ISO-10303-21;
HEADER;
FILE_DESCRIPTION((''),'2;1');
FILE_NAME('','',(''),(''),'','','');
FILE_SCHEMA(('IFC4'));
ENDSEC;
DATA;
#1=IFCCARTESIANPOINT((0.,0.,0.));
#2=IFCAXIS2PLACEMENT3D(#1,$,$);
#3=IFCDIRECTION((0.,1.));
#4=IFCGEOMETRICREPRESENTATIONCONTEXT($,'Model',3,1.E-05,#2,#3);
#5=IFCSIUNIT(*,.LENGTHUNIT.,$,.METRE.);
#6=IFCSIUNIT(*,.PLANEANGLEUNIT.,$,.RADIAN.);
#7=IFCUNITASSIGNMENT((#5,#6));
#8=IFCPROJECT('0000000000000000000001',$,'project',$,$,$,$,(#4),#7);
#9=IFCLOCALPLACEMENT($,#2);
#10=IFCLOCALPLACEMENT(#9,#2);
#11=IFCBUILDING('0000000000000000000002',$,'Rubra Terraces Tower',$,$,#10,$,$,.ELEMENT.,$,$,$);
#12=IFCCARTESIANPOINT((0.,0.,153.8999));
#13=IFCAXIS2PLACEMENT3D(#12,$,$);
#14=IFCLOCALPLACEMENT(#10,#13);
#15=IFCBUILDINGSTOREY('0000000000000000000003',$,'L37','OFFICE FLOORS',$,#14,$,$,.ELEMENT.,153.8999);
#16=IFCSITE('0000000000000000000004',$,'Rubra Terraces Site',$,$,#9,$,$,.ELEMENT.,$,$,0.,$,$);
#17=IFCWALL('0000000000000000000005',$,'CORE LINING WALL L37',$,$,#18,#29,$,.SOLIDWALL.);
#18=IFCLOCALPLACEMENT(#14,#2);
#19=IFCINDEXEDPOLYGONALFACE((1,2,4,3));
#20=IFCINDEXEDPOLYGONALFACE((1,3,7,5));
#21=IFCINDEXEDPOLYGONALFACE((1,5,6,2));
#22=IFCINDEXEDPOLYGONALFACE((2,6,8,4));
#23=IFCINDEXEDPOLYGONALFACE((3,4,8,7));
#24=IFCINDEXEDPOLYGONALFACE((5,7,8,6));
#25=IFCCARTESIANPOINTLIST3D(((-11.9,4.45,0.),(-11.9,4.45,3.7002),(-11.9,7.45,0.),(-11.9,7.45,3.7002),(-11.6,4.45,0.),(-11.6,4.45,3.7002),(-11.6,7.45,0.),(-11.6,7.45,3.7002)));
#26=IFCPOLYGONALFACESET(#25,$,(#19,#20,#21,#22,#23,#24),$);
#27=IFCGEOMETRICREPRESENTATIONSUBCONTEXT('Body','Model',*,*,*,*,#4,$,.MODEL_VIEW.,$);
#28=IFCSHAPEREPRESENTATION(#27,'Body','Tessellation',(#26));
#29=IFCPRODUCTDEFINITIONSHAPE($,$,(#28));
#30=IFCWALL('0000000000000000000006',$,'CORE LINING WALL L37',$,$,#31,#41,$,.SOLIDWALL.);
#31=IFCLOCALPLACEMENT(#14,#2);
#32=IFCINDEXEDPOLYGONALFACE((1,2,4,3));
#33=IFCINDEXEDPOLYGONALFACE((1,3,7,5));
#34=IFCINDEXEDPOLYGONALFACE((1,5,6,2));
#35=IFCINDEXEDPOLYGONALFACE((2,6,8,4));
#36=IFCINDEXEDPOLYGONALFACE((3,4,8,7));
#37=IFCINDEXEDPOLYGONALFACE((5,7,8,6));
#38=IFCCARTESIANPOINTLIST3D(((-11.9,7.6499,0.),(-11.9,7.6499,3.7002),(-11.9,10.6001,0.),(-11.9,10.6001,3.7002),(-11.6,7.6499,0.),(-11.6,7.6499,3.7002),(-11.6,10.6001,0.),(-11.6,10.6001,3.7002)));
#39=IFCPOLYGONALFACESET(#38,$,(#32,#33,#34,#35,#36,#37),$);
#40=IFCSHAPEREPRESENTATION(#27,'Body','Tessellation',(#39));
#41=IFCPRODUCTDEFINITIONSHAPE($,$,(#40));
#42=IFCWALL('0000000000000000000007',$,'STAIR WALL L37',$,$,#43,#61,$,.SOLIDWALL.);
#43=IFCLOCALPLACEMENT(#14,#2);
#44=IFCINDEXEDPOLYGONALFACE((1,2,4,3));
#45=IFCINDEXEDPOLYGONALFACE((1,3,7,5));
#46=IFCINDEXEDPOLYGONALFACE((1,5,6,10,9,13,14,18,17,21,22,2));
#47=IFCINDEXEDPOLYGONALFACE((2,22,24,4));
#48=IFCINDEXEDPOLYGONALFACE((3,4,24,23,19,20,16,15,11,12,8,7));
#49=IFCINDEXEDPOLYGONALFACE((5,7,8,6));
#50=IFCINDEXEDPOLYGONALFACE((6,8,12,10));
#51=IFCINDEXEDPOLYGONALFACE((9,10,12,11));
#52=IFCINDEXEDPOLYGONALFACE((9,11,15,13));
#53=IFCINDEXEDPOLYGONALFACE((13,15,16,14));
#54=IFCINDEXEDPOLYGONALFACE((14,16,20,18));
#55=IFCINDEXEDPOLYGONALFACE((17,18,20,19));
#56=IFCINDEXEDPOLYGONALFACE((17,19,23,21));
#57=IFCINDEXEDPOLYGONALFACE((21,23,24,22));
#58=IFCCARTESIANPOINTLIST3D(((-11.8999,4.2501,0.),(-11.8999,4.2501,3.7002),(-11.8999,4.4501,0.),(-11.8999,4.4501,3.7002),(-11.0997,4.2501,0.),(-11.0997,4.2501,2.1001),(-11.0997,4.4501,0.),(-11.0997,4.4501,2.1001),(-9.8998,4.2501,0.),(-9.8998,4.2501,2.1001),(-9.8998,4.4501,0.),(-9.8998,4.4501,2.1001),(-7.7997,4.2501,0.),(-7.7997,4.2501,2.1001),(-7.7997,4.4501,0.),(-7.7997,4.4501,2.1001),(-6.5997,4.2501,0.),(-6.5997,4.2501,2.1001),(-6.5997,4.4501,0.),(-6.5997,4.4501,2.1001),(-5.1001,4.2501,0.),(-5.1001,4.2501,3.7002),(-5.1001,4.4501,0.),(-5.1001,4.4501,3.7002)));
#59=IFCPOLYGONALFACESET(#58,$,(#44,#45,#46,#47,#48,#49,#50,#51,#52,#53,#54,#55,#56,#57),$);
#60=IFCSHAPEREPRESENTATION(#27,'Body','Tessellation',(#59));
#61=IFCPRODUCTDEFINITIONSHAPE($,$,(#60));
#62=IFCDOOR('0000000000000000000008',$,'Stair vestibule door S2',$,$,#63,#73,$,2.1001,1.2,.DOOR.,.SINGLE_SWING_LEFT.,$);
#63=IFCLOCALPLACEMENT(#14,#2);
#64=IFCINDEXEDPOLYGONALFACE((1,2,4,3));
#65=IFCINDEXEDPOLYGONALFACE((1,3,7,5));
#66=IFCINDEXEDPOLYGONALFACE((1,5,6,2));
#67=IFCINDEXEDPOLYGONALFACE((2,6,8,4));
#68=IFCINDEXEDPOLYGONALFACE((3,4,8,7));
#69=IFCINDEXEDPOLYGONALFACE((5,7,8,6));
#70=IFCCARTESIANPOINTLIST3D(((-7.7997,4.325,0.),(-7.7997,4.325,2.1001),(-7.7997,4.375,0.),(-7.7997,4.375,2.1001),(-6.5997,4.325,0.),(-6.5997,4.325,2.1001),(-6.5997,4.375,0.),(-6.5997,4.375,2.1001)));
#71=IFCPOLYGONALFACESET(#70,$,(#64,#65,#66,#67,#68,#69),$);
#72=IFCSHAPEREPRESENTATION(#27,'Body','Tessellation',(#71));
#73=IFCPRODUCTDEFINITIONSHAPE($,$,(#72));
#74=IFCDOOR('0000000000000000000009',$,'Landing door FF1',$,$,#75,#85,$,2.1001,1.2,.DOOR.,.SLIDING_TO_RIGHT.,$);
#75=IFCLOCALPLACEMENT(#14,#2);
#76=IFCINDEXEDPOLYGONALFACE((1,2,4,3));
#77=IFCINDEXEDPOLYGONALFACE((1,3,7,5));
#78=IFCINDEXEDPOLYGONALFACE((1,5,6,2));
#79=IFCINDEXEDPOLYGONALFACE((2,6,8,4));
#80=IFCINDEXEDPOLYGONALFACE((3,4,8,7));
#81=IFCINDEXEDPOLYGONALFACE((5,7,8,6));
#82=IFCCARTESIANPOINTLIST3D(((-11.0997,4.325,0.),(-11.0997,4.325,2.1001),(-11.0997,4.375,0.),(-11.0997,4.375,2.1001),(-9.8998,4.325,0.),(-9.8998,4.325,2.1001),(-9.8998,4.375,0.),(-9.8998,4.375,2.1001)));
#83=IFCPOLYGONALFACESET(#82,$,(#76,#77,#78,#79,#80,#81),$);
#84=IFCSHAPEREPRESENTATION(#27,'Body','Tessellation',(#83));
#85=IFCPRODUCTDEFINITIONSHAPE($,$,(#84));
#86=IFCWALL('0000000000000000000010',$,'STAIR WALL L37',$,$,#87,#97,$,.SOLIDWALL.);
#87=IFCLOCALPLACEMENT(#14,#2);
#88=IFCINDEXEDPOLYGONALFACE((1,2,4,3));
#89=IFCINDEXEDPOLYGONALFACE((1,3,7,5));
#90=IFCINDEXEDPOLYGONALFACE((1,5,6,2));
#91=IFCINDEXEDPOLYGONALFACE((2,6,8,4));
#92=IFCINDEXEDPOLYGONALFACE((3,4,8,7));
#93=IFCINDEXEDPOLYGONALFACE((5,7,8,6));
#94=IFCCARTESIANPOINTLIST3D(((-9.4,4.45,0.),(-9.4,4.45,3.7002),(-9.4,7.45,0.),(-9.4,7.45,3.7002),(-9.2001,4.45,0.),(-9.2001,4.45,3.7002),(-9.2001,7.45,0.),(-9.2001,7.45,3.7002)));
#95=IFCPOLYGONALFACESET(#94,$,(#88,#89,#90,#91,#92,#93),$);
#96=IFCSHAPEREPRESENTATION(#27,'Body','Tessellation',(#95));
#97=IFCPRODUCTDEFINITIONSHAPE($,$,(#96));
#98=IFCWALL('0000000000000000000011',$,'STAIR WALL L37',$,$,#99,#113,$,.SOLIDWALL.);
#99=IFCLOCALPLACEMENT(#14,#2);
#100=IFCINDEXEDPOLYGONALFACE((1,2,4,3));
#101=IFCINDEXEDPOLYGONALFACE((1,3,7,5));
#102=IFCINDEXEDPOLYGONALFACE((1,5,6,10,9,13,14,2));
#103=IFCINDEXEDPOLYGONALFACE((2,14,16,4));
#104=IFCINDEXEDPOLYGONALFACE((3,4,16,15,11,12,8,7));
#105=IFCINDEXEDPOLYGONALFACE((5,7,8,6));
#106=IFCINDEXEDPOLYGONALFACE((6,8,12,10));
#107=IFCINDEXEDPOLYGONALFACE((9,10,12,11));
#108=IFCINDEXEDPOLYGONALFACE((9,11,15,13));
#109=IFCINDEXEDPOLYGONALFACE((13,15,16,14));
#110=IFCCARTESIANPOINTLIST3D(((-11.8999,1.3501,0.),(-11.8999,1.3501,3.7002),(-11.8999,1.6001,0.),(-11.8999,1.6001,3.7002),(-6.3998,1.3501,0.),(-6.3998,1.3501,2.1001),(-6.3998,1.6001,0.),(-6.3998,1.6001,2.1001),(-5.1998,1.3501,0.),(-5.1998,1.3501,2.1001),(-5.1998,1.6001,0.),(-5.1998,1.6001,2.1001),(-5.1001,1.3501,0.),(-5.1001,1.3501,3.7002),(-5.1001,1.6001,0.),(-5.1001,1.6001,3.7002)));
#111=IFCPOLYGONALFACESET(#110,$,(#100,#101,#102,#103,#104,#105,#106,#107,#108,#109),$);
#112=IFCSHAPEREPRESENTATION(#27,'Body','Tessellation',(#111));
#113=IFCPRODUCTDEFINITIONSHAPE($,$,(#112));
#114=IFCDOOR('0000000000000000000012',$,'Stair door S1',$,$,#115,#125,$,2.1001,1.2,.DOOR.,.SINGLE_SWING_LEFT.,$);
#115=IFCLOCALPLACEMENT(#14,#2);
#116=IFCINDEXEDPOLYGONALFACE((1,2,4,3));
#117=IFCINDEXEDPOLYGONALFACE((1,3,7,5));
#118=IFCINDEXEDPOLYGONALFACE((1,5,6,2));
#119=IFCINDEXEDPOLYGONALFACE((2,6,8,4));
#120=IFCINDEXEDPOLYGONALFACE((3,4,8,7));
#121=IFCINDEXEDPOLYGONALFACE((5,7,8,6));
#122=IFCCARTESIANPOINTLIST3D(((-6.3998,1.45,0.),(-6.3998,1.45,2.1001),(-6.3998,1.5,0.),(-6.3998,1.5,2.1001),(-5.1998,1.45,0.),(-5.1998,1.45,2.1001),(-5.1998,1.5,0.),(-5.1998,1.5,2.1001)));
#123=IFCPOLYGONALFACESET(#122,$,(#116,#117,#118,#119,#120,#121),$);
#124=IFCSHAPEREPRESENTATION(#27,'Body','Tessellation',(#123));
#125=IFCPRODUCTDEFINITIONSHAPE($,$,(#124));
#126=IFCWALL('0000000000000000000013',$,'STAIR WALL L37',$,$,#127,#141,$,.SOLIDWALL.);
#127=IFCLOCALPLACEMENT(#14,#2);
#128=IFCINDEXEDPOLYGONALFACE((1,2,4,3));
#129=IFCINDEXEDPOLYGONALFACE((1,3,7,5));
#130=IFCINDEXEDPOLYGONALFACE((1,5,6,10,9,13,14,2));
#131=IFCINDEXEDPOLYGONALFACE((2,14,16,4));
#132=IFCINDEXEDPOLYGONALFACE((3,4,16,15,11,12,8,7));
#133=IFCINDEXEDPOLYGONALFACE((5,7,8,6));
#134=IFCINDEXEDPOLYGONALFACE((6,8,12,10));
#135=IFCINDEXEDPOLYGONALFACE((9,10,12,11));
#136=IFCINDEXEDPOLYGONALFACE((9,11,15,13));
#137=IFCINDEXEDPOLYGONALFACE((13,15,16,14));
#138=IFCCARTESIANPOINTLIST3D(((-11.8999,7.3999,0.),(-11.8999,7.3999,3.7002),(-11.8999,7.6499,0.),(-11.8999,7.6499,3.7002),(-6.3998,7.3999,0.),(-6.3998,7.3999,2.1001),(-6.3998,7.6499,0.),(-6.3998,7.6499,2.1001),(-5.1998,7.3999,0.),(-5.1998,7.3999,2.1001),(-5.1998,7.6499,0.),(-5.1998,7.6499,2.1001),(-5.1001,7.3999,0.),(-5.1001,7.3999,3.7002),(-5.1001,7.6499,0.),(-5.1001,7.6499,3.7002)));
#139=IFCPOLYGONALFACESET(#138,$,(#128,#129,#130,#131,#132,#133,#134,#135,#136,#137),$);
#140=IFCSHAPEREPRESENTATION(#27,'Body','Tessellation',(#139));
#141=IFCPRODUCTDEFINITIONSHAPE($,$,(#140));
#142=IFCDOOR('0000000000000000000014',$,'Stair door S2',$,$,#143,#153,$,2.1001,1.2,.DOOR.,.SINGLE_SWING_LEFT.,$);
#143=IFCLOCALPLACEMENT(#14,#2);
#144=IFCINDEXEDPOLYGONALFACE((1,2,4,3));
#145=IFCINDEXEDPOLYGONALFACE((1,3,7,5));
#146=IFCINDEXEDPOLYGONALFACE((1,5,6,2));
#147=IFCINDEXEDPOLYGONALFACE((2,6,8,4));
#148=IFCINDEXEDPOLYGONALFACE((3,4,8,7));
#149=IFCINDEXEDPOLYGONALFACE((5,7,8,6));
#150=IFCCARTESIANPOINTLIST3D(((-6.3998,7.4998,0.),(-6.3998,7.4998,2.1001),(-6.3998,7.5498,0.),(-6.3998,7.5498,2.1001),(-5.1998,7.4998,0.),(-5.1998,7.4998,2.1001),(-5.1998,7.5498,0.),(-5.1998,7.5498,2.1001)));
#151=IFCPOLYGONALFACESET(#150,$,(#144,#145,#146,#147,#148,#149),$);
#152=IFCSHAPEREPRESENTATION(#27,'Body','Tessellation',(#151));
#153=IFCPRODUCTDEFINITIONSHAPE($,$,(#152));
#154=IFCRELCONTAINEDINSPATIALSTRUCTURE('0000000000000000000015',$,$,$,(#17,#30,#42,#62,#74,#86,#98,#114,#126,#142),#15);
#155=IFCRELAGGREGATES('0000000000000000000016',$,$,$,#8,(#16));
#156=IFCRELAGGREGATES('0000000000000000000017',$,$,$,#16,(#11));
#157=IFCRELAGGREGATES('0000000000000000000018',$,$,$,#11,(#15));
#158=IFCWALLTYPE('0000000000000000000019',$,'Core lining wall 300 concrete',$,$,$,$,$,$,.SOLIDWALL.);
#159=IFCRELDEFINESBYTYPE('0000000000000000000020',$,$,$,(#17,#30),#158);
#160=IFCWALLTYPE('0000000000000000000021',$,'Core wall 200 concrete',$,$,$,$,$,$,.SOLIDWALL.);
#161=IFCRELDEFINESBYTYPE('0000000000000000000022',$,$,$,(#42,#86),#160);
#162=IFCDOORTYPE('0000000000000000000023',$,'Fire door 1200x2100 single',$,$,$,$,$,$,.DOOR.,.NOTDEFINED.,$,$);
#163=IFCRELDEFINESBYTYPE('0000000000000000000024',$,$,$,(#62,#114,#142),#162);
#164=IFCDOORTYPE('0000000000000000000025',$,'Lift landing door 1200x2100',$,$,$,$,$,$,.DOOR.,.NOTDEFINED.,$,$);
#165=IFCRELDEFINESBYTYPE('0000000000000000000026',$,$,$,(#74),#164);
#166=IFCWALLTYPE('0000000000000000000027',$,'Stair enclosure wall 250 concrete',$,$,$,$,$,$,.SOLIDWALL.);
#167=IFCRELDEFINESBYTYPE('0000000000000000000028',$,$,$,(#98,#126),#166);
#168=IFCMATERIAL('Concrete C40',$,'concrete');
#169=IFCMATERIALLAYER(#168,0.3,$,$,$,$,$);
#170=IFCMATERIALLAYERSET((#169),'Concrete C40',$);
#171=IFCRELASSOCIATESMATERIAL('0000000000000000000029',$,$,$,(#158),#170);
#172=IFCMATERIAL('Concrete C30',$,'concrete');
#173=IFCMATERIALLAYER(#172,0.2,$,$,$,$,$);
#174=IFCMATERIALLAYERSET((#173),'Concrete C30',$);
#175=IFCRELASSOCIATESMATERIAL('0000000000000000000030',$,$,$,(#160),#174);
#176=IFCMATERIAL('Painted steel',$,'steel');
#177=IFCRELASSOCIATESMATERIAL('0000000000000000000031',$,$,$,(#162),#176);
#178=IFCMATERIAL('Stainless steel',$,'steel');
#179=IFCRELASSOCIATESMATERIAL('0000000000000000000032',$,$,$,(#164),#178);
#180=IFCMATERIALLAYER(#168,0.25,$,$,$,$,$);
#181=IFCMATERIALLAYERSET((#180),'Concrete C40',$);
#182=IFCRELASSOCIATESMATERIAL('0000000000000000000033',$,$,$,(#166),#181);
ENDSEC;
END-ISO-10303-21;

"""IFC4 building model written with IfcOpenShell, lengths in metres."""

from ifc_helpers import new_model, si_unit, direction, frame, frame_2d, origin, place, context, subcontext, project, spatial, rectangle, extrude, material, layer, layer_set, type_object, element, fill, save


model = new_model("IFC4")

# Units and contexts
model_context = context("Model", 3, precision=1e-05, world=origin(), true_north=direction((0.0, 1.0)))
body_context = subcontext(model_context, "Body", "Model", "MODEL_VIEW")
ifc_project = project(units=[si_unit("LENGTHUNIT", "METRE"), si_unit("PLANEANGLEUNIT", "RADIAN")], contexts=[model_context])

# Site, building, storey
site_placement = place(None, origin())
site = spatial("IfcSite", under=ifc_project, at=site_placement, Name="Rubra Terraces Site", CompositionType="ELEMENT", RefElevation=0.0)
building_placement = place(site_placement, origin())
building = spatial("IfcBuilding", under=site, at=building_placement, Name="Rubra Terraces Tower", CompositionType="ELEMENT")
storey_placement = place(building_placement, frame((0.0, 0.0, 153.8999)))
storey = spatial("IfcBuildingStorey", under=building, at=storey_placement, Name="L37", Description="OFFICE FLOORS", CompositionType="ELEMENT", Elevation=153.8999)

# Walls
ifc_material_1 = material(Name="Concrete C40", Category="concrete")
ifc_layer_1 = layer(ifc_material_1, 0.3)
ifc_layer_set_1 = layer_set([ifc_layer_1], Name="Concrete C40")
wall_type_1 = type_object("IfcWallType", Name="Core lining wall 300 concrete", PredefinedType="SOLIDWALL", material=ifc_layer_set_1)
wall_1_placement = place(storey_placement, frame((-11.75, 4.45, 0.0), z_axis=(0.0, 0.0, 1.0), x_axis=(0.0, 1.0, 0.0)))
element("IfcWall", 1, at=wall_1_placement, inside=storey, type_object=wall_type_1, Name="CORE LINING WALL L37", PredefinedType="SOLIDWALL", context=body_context, shape_type="SweptSolid", body=[
    extrude(rectangle(XDim=3.0, YDim=0.3, at=frame_2d((1.5, 0.0))), origin(), (0.0, 0.0, 1.0), 3.7002),
])
wall_2_placement = place(storey_placement, frame((-11.75, 7.6499, 0.0), z_axis=(0.0, 0.0, 1.0), x_axis=(0.0, 1.0, 0.0)))
element("IfcWall", 2, at=wall_2_placement, inside=storey, type_object=wall_type_1, Name="CORE LINING WALL L37", PredefinedType="SOLIDWALL", context=body_context, shape_type="SweptSolid", body=[
    extrude(rectangle(XDim=2.9502, YDim=0.3, at=frame_2d((1.4751, 0.0))), origin(), (0.0, 0.0, 1.0), 3.7002),
])

# Wall, openings, doors
ifc_material_2 = material(Name="Concrete C30", Category="concrete")
ifc_layer_2 = layer(ifc_material_2, 0.2)
ifc_layer_set_2 = layer_set([ifc_layer_2], Name="Concrete C30")
wall_type_2 = type_object("IfcWallType", Name="Core wall 200 concrete", PredefinedType="SOLIDWALL", material=ifc_layer_set_2)
wall_3_placement = place(storey_placement, frame((-11.8999, 4.3501, 0.0), z_axis=(0.0, 0.0, 1.0), x_axis=(1.0, 0.0, 0.0)))
wall_3 = element("IfcWall", 3, at=wall_3_placement, inside=storey, type_object=wall_type_2, Name="STAIR WALL L37", PredefinedType="SOLIDWALL", context=body_context, shape_type="SweptSolid", body=[
    extrude(rectangle(XDim=6.7998, YDim=0.2, at=frame_2d((3.3999, 0.0))), origin(), (0.0, 0.0, 1.0), 3.7002),
])
opening_1_placement = place(wall_3_placement, frame((4.1001, 0.0, 0.0)))
opening_1 = element("IfcOpeningElement", 4, at=opening_1_placement, cuts=wall_3, PredefinedType="OPENING", context=body_context, shape_type="SweptSolid", body=[
    extrude(rectangle(XDim=1.2, YDim=2.1001, at=frame_2d((0.6001, 1.05))), frame((0.0, 0.1099, 0.0), z_axis=(0.0, -1.0, 0.0), x_axis=(1.0, 0.0, 0.0)), (0.0, 0.0, 1.0), 0.22),
])
opening_2_placement = place(wall_3_placement, frame((0.8, 0.0, 0.0)))
opening_2 = element("IfcOpeningElement", 5, at=opening_2_placement, cuts=wall_3, PredefinedType="OPENING", context=body_context, shape_type="SweptSolid", body=[
    extrude(rectangle(XDim=1.2, YDim=2.1001, at=frame_2d((0.6001, 1.05))), frame((0.0, 0.1099, 0.0), z_axis=(0.0, -1.0, 0.0), x_axis=(1.0, 0.0, 0.0)), (0.0, 0.0, 1.0), 0.22),
])
ifc_material_3 = material(Name="Painted steel", Category="steel")
door_type_1 = type_object("IfcDoorType", Name="Fire door 1200x2100 single", OperationType="NOTDEFINED", PredefinedType="DOOR", material=ifc_material_3)
door_1_placement = place(opening_1_placement, origin())
door_1 = element("IfcDoor", 6, at=door_1_placement, inside=storey, type_object=door_type_1, Name="Stair vestibule door S2", OperationType="SINGLE_SWING_LEFT", OverallHeight=2.1001, OverallWidth=1.2, PredefinedType="DOOR", context=body_context, shape_type="SweptSolid", body=[
    extrude(rectangle(XDim=1.2, YDim=2.1001, at=frame_2d((0.6001, 1.05))), frame((0.0, 0.0249, 0.0), z_axis=(0.0, -1.0, 0.0), x_axis=(1.0, 0.0, 0.0)), (0.0, 0.0, 1.0), 0.05),
])
fill(opening_1, door_1)
ifc_material_4 = material(Name="Stainless steel", Category="steel")
door_type_2 = type_object("IfcDoorType", Name="Lift landing door 1200x2100", OperationType="NOTDEFINED", PredefinedType="DOOR", material=ifc_material_4)
door_2_placement = place(opening_2_placement, origin())
door_2 = element("IfcDoor", 7, at=door_2_placement, inside=storey, type_object=door_type_2, Name="Landing door FF1", OperationType="SLIDING_TO_RIGHT", OverallHeight=2.1001, OverallWidth=1.2, PredefinedType="DOOR", context=body_context, shape_type="SweptSolid", body=[
    extrude(rectangle(XDim=1.2, YDim=2.1001, at=frame_2d((0.6001, 1.05))), frame((0.0, 0.0249, 0.0), z_axis=(0.0, -1.0, 0.0), x_axis=(1.0, 0.0, 0.0)), (0.0, 0.0, 1.0), 0.05),
])
fill(opening_2, door_2)

# Wall
wall_4_placement = place(storey_placement, frame((-9.3, 4.45, 0.0), z_axis=(0.0, 0.0, 1.0), x_axis=(0.0, 1.0, 0.0)))
element("IfcWall", 8, at=wall_4_placement, inside=storey, type_object=wall_type_2, Name="STAIR WALL L37", PredefinedType="SOLIDWALL", context=body_context, shape_type="SweptSolid", body=[
    extrude(rectangle(XDim=3.0, YDim=0.2, at=frame_2d((1.5, 0.0))), origin(), (0.0, 0.0, 1.0), 3.7002),
])

# Walls, openings, doors
ifc_layer_3 = layer(ifc_material_1, 0.25)
ifc_layer_set_3 = layer_set([ifc_layer_3], Name="Concrete C40")
wall_type_3 = type_object("IfcWallType", Name="Stair enclosure wall 250 concrete", PredefinedType="SOLIDWALL", material=ifc_layer_set_3)
wall_5_placement = place(storey_placement, frame((-11.8999, 1.4751, 0.0), z_axis=(0.0, 0.0, 1.0), x_axis=(1.0, 0.0, 0.0)))
wall_5 = element("IfcWall", 9, at=wall_5_placement, inside=storey, type_object=wall_type_3, Name="STAIR WALL L37", PredefinedType="SOLIDWALL", context=body_context, shape_type="SweptSolid", body=[
    extrude(rectangle(XDim=6.7998, YDim=0.25, at=frame_2d((3.3999, 0.0))), origin(), (0.0, 0.0, 1.0), 3.7002),
])
opening_3_placement = place(wall_5_placement, frame((5.5, 0.0, 0.0)))
opening_3 = element("IfcOpeningElement", 10, at=opening_3_placement, cuts=wall_5, PredefinedType="OPENING", context=body_context, shape_type="SweptSolid", body=[
    extrude(rectangle(XDim=1.2, YDim=2.1001, at=frame_2d((0.6001, 1.05))), frame((0.0, 0.135, 0.0), z_axis=(0.0, -1.0, 0.0), x_axis=(1.0, 0.0, 0.0)), (0.0, 0.0, 1.0), 0.27),
])
door_3_placement = place(opening_3_placement, origin())
door_3 = element("IfcDoor", 11, at=door_3_placement, inside=storey, type_object=door_type_1, Name="Stair door S1", OperationType="SINGLE_SWING_LEFT", OverallHeight=2.1001, OverallWidth=1.2, PredefinedType="DOOR", context=body_context, shape_type="SweptSolid", body=[
    extrude(rectangle(XDim=1.2, YDim=2.1001, at=frame_2d((0.6001, 1.05))), frame((0.0, 0.0249, 0.0), z_axis=(0.0, -1.0, 0.0), x_axis=(1.0, 0.0, 0.0)), (0.0, 0.0, 1.0), 0.05),
])
fill(opening_3, door_3)
wall_6_placement = place(storey_placement, frame((-11.8999, 7.5249, 0.0), z_axis=(0.0, 0.0, 1.0), x_axis=(1.0, 0.0, 0.0)))
wall_6 = element("IfcWall", 12, at=wall_6_placement, inside=storey, type_object=wall_type_3, Name="STAIR WALL L37", PredefinedType="SOLIDWALL", context=body_context, shape_type="SweptSolid", body=[
    extrude(rectangle(XDim=6.7998, YDim=0.25, at=frame_2d((3.3999, 0.0))), origin(), (0.0, 0.0, 1.0), 3.7002),
])
opening_4_placement = place(wall_6_placement, frame((5.5, 0.0, 0.0)))
opening_4 = element("IfcOpeningElement", 13, at=opening_4_placement, cuts=wall_6, PredefinedType="OPENING", context=body_context, shape_type="SweptSolid", body=[
    extrude(rectangle(XDim=1.2, YDim=2.1001, at=frame_2d((0.6001, 1.05))), frame((0.0, 0.135, 0.0), z_axis=(0.0, -1.0, 0.0), x_axis=(1.0, 0.0, 0.0)), (0.0, 0.0, 1.0), 0.27),
])
door_4_placement = place(opening_4_placement, origin())
door_4 = element("IfcDoor", 14, at=door_4_placement, inside=storey, type_object=door_type_1, Name="Stair door S2", OperationType="SINGLE_SWING_LEFT", OverallHeight=2.1001, OverallWidth=1.2, PredefinedType="DOOR", context=body_context, shape_type="SweptSolid", body=[
    extrude(rectangle(XDim=1.2, YDim=2.1001, at=frame_2d((0.6001, 1.05))), frame((0.0, 0.0249, 0.0), z_axis=(0.0, -1.0, 0.0), x_axis=(1.0, 0.0, 0.0)), (0.0, 0.0, 1.0), 0.05),
])
fill(opening_4, door_4)

save(model, "model.ifc")
